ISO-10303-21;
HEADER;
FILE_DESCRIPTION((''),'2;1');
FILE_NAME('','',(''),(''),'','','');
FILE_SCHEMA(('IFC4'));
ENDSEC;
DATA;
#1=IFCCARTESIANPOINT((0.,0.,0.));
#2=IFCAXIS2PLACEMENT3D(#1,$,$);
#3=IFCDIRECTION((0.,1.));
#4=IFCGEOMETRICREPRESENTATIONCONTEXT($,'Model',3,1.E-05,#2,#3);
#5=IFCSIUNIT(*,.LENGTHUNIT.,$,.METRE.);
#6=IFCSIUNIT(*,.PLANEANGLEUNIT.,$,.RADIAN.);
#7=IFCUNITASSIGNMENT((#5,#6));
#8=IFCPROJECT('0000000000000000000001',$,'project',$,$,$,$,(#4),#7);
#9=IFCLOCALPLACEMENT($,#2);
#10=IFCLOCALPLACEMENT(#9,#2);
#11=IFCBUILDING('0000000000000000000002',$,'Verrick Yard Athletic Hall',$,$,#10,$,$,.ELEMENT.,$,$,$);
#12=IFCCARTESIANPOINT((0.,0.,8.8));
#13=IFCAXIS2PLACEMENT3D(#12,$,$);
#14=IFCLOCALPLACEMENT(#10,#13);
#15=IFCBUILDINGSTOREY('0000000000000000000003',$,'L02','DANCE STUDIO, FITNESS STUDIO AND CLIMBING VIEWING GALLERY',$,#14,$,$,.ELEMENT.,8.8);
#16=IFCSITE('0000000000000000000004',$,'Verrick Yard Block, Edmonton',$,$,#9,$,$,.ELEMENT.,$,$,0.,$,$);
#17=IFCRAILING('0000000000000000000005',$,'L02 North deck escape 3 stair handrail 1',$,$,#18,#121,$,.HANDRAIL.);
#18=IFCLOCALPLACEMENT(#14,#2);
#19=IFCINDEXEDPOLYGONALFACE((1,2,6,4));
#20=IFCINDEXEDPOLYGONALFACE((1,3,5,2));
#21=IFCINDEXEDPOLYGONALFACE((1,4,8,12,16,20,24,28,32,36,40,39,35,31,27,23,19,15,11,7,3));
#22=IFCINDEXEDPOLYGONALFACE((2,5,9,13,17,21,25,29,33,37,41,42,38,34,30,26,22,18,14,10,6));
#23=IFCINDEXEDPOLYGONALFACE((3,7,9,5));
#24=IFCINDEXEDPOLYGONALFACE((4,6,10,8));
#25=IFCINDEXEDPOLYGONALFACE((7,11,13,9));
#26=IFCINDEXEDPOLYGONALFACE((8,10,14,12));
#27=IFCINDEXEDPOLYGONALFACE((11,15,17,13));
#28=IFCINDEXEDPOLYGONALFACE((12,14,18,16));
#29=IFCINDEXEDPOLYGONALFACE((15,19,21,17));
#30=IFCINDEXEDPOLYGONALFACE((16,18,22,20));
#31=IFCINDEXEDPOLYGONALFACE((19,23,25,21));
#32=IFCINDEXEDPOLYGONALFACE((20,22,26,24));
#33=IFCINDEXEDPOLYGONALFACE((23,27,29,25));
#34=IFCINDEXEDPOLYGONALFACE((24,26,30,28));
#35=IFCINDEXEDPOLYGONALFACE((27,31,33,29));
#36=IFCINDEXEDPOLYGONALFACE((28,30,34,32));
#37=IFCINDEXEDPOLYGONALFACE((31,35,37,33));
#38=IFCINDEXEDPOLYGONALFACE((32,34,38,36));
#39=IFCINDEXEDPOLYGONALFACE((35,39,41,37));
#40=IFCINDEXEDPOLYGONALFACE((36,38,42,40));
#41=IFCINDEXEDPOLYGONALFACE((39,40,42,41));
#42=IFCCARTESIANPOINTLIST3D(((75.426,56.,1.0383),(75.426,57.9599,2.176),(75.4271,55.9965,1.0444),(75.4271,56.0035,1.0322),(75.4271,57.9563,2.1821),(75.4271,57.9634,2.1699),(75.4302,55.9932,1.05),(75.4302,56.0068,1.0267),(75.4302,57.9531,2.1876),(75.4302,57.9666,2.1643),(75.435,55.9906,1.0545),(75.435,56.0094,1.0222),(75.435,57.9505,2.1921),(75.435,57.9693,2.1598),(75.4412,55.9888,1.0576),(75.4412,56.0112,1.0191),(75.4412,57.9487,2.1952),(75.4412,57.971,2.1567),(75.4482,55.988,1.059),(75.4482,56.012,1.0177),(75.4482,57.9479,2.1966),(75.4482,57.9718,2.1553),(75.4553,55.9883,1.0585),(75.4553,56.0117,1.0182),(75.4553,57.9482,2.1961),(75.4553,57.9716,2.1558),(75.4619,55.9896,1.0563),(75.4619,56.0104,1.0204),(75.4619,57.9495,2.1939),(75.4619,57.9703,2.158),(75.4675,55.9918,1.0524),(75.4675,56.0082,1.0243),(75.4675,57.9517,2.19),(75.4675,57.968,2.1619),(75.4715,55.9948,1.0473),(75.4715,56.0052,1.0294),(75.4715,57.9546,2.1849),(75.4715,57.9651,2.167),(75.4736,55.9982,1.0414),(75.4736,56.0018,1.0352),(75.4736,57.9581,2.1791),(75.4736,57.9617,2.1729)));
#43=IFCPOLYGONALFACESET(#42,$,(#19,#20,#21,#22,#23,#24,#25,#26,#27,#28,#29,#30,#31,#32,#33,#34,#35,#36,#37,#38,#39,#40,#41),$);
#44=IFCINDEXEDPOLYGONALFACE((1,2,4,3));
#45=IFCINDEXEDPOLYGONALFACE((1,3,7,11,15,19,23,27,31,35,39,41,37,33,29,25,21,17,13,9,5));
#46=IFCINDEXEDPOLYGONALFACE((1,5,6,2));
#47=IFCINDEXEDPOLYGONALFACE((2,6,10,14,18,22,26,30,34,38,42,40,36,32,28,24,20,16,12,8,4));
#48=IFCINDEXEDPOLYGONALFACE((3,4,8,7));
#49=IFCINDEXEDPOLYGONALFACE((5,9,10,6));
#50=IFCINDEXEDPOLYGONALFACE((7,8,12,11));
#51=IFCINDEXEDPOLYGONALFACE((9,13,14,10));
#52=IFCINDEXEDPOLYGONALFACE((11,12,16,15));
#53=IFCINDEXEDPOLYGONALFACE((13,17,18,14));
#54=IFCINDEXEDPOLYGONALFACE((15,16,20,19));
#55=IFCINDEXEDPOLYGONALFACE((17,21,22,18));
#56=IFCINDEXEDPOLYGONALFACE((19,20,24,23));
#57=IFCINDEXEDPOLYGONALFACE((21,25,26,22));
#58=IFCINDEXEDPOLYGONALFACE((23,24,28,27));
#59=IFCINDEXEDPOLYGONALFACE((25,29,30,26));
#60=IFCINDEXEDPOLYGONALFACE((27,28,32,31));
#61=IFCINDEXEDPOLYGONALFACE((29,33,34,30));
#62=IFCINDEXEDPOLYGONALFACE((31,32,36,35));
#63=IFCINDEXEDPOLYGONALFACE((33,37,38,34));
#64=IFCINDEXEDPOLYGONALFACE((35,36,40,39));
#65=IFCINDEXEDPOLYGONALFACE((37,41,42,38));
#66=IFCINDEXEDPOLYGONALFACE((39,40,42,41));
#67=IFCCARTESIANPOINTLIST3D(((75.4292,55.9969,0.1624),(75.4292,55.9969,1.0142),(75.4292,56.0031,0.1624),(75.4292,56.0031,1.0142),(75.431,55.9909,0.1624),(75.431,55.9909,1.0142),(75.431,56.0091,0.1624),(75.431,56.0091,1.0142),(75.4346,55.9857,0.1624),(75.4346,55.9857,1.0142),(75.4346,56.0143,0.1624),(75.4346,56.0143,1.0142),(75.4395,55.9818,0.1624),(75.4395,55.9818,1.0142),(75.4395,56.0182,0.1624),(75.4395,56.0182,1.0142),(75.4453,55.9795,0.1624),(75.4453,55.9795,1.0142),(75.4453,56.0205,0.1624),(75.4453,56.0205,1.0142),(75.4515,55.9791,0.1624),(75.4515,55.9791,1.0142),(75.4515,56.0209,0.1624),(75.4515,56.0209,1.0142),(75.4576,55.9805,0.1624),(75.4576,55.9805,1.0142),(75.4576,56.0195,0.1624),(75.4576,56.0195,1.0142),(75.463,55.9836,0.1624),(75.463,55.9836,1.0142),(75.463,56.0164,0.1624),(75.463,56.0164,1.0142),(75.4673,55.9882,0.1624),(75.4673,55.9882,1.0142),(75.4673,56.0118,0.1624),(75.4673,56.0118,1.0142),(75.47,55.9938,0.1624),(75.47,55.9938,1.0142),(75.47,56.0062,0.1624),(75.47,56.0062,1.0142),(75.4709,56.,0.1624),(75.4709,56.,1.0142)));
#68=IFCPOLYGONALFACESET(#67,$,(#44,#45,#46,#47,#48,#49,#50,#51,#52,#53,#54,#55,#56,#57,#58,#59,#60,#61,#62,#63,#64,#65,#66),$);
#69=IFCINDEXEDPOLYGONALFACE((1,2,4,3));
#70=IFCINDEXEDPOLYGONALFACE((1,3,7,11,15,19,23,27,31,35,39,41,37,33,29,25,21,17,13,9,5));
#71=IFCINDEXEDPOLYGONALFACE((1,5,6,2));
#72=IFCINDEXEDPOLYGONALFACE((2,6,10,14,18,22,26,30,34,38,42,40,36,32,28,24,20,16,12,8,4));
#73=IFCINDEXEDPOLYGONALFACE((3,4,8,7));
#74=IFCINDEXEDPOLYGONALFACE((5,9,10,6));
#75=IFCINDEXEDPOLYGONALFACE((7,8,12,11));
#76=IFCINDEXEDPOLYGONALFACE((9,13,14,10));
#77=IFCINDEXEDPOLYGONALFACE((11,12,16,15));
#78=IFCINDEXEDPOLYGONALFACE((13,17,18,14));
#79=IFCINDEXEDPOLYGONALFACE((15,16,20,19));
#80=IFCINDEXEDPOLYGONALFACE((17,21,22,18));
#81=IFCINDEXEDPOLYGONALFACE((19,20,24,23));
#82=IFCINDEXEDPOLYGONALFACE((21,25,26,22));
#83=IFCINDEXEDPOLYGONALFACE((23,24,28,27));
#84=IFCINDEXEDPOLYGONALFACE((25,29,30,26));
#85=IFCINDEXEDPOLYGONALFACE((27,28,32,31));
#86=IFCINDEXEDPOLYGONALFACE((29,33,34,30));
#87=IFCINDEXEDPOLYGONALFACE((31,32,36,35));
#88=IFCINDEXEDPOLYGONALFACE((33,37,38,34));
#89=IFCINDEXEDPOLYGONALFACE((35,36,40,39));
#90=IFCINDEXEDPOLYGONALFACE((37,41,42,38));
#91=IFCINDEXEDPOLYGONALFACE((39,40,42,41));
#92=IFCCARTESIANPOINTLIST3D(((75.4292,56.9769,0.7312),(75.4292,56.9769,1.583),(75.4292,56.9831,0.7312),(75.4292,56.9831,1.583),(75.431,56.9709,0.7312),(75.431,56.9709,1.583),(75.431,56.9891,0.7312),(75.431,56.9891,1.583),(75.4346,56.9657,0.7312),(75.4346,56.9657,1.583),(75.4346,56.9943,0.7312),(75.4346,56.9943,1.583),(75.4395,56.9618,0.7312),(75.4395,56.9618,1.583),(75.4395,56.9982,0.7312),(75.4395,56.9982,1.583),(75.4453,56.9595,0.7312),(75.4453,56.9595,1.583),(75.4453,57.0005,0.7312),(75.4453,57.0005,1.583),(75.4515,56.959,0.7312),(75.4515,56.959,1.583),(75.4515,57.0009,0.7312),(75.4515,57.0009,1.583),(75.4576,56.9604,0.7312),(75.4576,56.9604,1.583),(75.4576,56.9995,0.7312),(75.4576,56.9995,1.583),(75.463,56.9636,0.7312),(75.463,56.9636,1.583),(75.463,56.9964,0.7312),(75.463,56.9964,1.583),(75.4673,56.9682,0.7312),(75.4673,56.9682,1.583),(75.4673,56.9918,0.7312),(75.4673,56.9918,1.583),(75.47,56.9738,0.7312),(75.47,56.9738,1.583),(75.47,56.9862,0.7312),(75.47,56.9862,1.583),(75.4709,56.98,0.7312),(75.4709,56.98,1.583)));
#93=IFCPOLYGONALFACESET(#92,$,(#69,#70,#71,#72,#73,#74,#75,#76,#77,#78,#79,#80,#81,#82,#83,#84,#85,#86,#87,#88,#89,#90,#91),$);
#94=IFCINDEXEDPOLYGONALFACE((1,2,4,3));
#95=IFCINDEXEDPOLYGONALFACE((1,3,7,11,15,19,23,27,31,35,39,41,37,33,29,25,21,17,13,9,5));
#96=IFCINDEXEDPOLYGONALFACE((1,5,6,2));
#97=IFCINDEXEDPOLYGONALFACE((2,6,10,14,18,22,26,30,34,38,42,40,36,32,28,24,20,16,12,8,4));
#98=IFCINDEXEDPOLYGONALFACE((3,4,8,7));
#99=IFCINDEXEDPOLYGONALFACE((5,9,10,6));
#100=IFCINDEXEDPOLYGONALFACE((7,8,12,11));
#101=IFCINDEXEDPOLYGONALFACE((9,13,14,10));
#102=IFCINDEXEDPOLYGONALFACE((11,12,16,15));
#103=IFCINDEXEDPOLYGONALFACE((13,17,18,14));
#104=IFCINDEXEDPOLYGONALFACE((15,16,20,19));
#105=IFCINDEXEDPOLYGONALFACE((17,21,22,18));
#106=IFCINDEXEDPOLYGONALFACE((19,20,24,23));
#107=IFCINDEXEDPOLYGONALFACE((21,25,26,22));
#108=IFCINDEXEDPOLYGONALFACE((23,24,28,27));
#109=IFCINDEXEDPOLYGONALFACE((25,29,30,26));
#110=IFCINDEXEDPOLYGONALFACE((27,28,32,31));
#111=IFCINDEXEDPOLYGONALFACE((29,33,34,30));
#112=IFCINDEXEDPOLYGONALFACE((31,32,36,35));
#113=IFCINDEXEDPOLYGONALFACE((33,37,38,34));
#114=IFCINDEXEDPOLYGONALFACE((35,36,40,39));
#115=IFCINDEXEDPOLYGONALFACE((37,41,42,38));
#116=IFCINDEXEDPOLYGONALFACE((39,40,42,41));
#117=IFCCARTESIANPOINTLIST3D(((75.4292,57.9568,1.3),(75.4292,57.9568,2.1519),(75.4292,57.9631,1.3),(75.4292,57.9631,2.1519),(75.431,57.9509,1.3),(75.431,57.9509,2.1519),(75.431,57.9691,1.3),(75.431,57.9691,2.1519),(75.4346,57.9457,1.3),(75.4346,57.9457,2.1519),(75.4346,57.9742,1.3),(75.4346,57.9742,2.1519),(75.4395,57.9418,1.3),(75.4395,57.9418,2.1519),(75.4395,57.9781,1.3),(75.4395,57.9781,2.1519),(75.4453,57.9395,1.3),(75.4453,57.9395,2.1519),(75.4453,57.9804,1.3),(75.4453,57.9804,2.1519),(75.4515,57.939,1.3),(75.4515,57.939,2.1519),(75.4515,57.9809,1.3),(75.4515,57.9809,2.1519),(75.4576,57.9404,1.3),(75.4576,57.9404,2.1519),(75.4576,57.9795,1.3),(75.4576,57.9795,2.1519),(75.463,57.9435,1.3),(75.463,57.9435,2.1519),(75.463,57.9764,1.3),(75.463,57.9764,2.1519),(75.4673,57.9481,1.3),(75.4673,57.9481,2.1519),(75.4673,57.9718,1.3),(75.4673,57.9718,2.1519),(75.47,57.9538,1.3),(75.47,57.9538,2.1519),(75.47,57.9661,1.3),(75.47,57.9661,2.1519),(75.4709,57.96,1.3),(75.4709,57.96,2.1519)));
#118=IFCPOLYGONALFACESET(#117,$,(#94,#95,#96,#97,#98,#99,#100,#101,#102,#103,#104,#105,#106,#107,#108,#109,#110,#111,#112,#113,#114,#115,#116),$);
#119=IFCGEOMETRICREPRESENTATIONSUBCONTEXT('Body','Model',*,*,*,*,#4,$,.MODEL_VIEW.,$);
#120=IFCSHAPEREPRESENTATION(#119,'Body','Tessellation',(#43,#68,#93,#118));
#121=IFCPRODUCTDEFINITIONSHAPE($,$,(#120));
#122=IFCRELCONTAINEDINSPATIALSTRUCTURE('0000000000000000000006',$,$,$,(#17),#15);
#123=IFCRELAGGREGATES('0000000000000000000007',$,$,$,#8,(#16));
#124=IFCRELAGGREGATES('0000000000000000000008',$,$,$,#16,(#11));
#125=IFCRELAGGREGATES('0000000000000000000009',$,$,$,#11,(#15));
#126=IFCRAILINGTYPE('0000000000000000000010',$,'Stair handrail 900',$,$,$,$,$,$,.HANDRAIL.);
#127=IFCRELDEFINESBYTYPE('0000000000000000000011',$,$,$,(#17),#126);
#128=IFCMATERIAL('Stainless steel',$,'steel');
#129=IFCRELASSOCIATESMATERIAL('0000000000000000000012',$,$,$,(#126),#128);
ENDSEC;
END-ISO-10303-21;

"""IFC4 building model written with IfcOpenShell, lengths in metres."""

from ifc_helpers import new_model, si_unit, direction, frame, origin, origin_2d, place, context, subcontext, project, spatial, circle, extrude, material, type_object, element, save


model = new_model("IFC4")

# Units and contexts
model_context = context("Model", 3, precision=1e-05, world=origin(), true_north=direction((0.0, 1.0)))
body_context = subcontext(model_context, "Body", "Model", "MODEL_VIEW")
ifc_project = project(units=[si_unit("LENGTHUNIT", "METRE"), si_unit("PLANEANGLEUNIT", "RADIAN")], contexts=[model_context])

# Site, building, storey
site_placement = place(None, origin())
site = spatial("IfcSite", under=ifc_project, at=site_placement, Name="Verrick Yard Block, Edmonton", CompositionType="ELEMENT", RefElevation=0.0)
building_placement = place(site_placement, origin())
building = spatial("IfcBuilding", under=site, at=building_placement, Name="Verrick Yard Athletic Hall", CompositionType="ELEMENT")
storey_placement = place(building_placement, frame((0.0, 0.0, 8.8)))
storey = spatial("IfcBuildingStorey", under=building, at=storey_placement, Name="L02", Description="DANCE STUDIO, FITNESS STUDIO AND CLIMBING VIEWING GALLERY", CompositionType="ELEMENT", Elevation=8.8)

# Railing
ifc_material_1 = material(Name="Stainless steel", Category="steel")
railing_type_1 = type_object("IfcRailingType", Name="Stair handrail 900", PredefinedType="HANDRAIL", material=ifc_material_1)
railing_1_placement = place(storey_placement, frame((75.45, 56.0, 0.1624)))
element("IfcRailing", 1, at=railing_1_placement, inside=storey, type_object=railing_type_1, Name="L02 North deck escape 3 stair handrail 1", PredefinedType="HANDRAIL", context=body_context, shape_type="SweptSolid", body=[
    extrude(circle(Radius=0.0239, at=origin_2d()), frame((0.0, 0.0, 0.876), z_axis=(0.0, 0.864855, 0.502021), x_axis=(-1.0, 0.0, 0.0)), (0.0, 0.0, 1.0), 2.2661),
    extrude(circle(Radius=0.021, at=origin_2d()), origin(), (0.0, 0.0, 1.0), 0.8518),
    extrude(circle(Radius=0.021, at=origin_2d()), frame((0.0, 0.98, 0.5688)), (0.0, 0.0, 1.0), 0.8518),
    extrude(circle(Radius=0.021, at=origin_2d()), frame((0.0, 1.96, 1.1377)), (0.0, 0.0, 1.0), 0.8518),
])

save(model, "model.ifc")
